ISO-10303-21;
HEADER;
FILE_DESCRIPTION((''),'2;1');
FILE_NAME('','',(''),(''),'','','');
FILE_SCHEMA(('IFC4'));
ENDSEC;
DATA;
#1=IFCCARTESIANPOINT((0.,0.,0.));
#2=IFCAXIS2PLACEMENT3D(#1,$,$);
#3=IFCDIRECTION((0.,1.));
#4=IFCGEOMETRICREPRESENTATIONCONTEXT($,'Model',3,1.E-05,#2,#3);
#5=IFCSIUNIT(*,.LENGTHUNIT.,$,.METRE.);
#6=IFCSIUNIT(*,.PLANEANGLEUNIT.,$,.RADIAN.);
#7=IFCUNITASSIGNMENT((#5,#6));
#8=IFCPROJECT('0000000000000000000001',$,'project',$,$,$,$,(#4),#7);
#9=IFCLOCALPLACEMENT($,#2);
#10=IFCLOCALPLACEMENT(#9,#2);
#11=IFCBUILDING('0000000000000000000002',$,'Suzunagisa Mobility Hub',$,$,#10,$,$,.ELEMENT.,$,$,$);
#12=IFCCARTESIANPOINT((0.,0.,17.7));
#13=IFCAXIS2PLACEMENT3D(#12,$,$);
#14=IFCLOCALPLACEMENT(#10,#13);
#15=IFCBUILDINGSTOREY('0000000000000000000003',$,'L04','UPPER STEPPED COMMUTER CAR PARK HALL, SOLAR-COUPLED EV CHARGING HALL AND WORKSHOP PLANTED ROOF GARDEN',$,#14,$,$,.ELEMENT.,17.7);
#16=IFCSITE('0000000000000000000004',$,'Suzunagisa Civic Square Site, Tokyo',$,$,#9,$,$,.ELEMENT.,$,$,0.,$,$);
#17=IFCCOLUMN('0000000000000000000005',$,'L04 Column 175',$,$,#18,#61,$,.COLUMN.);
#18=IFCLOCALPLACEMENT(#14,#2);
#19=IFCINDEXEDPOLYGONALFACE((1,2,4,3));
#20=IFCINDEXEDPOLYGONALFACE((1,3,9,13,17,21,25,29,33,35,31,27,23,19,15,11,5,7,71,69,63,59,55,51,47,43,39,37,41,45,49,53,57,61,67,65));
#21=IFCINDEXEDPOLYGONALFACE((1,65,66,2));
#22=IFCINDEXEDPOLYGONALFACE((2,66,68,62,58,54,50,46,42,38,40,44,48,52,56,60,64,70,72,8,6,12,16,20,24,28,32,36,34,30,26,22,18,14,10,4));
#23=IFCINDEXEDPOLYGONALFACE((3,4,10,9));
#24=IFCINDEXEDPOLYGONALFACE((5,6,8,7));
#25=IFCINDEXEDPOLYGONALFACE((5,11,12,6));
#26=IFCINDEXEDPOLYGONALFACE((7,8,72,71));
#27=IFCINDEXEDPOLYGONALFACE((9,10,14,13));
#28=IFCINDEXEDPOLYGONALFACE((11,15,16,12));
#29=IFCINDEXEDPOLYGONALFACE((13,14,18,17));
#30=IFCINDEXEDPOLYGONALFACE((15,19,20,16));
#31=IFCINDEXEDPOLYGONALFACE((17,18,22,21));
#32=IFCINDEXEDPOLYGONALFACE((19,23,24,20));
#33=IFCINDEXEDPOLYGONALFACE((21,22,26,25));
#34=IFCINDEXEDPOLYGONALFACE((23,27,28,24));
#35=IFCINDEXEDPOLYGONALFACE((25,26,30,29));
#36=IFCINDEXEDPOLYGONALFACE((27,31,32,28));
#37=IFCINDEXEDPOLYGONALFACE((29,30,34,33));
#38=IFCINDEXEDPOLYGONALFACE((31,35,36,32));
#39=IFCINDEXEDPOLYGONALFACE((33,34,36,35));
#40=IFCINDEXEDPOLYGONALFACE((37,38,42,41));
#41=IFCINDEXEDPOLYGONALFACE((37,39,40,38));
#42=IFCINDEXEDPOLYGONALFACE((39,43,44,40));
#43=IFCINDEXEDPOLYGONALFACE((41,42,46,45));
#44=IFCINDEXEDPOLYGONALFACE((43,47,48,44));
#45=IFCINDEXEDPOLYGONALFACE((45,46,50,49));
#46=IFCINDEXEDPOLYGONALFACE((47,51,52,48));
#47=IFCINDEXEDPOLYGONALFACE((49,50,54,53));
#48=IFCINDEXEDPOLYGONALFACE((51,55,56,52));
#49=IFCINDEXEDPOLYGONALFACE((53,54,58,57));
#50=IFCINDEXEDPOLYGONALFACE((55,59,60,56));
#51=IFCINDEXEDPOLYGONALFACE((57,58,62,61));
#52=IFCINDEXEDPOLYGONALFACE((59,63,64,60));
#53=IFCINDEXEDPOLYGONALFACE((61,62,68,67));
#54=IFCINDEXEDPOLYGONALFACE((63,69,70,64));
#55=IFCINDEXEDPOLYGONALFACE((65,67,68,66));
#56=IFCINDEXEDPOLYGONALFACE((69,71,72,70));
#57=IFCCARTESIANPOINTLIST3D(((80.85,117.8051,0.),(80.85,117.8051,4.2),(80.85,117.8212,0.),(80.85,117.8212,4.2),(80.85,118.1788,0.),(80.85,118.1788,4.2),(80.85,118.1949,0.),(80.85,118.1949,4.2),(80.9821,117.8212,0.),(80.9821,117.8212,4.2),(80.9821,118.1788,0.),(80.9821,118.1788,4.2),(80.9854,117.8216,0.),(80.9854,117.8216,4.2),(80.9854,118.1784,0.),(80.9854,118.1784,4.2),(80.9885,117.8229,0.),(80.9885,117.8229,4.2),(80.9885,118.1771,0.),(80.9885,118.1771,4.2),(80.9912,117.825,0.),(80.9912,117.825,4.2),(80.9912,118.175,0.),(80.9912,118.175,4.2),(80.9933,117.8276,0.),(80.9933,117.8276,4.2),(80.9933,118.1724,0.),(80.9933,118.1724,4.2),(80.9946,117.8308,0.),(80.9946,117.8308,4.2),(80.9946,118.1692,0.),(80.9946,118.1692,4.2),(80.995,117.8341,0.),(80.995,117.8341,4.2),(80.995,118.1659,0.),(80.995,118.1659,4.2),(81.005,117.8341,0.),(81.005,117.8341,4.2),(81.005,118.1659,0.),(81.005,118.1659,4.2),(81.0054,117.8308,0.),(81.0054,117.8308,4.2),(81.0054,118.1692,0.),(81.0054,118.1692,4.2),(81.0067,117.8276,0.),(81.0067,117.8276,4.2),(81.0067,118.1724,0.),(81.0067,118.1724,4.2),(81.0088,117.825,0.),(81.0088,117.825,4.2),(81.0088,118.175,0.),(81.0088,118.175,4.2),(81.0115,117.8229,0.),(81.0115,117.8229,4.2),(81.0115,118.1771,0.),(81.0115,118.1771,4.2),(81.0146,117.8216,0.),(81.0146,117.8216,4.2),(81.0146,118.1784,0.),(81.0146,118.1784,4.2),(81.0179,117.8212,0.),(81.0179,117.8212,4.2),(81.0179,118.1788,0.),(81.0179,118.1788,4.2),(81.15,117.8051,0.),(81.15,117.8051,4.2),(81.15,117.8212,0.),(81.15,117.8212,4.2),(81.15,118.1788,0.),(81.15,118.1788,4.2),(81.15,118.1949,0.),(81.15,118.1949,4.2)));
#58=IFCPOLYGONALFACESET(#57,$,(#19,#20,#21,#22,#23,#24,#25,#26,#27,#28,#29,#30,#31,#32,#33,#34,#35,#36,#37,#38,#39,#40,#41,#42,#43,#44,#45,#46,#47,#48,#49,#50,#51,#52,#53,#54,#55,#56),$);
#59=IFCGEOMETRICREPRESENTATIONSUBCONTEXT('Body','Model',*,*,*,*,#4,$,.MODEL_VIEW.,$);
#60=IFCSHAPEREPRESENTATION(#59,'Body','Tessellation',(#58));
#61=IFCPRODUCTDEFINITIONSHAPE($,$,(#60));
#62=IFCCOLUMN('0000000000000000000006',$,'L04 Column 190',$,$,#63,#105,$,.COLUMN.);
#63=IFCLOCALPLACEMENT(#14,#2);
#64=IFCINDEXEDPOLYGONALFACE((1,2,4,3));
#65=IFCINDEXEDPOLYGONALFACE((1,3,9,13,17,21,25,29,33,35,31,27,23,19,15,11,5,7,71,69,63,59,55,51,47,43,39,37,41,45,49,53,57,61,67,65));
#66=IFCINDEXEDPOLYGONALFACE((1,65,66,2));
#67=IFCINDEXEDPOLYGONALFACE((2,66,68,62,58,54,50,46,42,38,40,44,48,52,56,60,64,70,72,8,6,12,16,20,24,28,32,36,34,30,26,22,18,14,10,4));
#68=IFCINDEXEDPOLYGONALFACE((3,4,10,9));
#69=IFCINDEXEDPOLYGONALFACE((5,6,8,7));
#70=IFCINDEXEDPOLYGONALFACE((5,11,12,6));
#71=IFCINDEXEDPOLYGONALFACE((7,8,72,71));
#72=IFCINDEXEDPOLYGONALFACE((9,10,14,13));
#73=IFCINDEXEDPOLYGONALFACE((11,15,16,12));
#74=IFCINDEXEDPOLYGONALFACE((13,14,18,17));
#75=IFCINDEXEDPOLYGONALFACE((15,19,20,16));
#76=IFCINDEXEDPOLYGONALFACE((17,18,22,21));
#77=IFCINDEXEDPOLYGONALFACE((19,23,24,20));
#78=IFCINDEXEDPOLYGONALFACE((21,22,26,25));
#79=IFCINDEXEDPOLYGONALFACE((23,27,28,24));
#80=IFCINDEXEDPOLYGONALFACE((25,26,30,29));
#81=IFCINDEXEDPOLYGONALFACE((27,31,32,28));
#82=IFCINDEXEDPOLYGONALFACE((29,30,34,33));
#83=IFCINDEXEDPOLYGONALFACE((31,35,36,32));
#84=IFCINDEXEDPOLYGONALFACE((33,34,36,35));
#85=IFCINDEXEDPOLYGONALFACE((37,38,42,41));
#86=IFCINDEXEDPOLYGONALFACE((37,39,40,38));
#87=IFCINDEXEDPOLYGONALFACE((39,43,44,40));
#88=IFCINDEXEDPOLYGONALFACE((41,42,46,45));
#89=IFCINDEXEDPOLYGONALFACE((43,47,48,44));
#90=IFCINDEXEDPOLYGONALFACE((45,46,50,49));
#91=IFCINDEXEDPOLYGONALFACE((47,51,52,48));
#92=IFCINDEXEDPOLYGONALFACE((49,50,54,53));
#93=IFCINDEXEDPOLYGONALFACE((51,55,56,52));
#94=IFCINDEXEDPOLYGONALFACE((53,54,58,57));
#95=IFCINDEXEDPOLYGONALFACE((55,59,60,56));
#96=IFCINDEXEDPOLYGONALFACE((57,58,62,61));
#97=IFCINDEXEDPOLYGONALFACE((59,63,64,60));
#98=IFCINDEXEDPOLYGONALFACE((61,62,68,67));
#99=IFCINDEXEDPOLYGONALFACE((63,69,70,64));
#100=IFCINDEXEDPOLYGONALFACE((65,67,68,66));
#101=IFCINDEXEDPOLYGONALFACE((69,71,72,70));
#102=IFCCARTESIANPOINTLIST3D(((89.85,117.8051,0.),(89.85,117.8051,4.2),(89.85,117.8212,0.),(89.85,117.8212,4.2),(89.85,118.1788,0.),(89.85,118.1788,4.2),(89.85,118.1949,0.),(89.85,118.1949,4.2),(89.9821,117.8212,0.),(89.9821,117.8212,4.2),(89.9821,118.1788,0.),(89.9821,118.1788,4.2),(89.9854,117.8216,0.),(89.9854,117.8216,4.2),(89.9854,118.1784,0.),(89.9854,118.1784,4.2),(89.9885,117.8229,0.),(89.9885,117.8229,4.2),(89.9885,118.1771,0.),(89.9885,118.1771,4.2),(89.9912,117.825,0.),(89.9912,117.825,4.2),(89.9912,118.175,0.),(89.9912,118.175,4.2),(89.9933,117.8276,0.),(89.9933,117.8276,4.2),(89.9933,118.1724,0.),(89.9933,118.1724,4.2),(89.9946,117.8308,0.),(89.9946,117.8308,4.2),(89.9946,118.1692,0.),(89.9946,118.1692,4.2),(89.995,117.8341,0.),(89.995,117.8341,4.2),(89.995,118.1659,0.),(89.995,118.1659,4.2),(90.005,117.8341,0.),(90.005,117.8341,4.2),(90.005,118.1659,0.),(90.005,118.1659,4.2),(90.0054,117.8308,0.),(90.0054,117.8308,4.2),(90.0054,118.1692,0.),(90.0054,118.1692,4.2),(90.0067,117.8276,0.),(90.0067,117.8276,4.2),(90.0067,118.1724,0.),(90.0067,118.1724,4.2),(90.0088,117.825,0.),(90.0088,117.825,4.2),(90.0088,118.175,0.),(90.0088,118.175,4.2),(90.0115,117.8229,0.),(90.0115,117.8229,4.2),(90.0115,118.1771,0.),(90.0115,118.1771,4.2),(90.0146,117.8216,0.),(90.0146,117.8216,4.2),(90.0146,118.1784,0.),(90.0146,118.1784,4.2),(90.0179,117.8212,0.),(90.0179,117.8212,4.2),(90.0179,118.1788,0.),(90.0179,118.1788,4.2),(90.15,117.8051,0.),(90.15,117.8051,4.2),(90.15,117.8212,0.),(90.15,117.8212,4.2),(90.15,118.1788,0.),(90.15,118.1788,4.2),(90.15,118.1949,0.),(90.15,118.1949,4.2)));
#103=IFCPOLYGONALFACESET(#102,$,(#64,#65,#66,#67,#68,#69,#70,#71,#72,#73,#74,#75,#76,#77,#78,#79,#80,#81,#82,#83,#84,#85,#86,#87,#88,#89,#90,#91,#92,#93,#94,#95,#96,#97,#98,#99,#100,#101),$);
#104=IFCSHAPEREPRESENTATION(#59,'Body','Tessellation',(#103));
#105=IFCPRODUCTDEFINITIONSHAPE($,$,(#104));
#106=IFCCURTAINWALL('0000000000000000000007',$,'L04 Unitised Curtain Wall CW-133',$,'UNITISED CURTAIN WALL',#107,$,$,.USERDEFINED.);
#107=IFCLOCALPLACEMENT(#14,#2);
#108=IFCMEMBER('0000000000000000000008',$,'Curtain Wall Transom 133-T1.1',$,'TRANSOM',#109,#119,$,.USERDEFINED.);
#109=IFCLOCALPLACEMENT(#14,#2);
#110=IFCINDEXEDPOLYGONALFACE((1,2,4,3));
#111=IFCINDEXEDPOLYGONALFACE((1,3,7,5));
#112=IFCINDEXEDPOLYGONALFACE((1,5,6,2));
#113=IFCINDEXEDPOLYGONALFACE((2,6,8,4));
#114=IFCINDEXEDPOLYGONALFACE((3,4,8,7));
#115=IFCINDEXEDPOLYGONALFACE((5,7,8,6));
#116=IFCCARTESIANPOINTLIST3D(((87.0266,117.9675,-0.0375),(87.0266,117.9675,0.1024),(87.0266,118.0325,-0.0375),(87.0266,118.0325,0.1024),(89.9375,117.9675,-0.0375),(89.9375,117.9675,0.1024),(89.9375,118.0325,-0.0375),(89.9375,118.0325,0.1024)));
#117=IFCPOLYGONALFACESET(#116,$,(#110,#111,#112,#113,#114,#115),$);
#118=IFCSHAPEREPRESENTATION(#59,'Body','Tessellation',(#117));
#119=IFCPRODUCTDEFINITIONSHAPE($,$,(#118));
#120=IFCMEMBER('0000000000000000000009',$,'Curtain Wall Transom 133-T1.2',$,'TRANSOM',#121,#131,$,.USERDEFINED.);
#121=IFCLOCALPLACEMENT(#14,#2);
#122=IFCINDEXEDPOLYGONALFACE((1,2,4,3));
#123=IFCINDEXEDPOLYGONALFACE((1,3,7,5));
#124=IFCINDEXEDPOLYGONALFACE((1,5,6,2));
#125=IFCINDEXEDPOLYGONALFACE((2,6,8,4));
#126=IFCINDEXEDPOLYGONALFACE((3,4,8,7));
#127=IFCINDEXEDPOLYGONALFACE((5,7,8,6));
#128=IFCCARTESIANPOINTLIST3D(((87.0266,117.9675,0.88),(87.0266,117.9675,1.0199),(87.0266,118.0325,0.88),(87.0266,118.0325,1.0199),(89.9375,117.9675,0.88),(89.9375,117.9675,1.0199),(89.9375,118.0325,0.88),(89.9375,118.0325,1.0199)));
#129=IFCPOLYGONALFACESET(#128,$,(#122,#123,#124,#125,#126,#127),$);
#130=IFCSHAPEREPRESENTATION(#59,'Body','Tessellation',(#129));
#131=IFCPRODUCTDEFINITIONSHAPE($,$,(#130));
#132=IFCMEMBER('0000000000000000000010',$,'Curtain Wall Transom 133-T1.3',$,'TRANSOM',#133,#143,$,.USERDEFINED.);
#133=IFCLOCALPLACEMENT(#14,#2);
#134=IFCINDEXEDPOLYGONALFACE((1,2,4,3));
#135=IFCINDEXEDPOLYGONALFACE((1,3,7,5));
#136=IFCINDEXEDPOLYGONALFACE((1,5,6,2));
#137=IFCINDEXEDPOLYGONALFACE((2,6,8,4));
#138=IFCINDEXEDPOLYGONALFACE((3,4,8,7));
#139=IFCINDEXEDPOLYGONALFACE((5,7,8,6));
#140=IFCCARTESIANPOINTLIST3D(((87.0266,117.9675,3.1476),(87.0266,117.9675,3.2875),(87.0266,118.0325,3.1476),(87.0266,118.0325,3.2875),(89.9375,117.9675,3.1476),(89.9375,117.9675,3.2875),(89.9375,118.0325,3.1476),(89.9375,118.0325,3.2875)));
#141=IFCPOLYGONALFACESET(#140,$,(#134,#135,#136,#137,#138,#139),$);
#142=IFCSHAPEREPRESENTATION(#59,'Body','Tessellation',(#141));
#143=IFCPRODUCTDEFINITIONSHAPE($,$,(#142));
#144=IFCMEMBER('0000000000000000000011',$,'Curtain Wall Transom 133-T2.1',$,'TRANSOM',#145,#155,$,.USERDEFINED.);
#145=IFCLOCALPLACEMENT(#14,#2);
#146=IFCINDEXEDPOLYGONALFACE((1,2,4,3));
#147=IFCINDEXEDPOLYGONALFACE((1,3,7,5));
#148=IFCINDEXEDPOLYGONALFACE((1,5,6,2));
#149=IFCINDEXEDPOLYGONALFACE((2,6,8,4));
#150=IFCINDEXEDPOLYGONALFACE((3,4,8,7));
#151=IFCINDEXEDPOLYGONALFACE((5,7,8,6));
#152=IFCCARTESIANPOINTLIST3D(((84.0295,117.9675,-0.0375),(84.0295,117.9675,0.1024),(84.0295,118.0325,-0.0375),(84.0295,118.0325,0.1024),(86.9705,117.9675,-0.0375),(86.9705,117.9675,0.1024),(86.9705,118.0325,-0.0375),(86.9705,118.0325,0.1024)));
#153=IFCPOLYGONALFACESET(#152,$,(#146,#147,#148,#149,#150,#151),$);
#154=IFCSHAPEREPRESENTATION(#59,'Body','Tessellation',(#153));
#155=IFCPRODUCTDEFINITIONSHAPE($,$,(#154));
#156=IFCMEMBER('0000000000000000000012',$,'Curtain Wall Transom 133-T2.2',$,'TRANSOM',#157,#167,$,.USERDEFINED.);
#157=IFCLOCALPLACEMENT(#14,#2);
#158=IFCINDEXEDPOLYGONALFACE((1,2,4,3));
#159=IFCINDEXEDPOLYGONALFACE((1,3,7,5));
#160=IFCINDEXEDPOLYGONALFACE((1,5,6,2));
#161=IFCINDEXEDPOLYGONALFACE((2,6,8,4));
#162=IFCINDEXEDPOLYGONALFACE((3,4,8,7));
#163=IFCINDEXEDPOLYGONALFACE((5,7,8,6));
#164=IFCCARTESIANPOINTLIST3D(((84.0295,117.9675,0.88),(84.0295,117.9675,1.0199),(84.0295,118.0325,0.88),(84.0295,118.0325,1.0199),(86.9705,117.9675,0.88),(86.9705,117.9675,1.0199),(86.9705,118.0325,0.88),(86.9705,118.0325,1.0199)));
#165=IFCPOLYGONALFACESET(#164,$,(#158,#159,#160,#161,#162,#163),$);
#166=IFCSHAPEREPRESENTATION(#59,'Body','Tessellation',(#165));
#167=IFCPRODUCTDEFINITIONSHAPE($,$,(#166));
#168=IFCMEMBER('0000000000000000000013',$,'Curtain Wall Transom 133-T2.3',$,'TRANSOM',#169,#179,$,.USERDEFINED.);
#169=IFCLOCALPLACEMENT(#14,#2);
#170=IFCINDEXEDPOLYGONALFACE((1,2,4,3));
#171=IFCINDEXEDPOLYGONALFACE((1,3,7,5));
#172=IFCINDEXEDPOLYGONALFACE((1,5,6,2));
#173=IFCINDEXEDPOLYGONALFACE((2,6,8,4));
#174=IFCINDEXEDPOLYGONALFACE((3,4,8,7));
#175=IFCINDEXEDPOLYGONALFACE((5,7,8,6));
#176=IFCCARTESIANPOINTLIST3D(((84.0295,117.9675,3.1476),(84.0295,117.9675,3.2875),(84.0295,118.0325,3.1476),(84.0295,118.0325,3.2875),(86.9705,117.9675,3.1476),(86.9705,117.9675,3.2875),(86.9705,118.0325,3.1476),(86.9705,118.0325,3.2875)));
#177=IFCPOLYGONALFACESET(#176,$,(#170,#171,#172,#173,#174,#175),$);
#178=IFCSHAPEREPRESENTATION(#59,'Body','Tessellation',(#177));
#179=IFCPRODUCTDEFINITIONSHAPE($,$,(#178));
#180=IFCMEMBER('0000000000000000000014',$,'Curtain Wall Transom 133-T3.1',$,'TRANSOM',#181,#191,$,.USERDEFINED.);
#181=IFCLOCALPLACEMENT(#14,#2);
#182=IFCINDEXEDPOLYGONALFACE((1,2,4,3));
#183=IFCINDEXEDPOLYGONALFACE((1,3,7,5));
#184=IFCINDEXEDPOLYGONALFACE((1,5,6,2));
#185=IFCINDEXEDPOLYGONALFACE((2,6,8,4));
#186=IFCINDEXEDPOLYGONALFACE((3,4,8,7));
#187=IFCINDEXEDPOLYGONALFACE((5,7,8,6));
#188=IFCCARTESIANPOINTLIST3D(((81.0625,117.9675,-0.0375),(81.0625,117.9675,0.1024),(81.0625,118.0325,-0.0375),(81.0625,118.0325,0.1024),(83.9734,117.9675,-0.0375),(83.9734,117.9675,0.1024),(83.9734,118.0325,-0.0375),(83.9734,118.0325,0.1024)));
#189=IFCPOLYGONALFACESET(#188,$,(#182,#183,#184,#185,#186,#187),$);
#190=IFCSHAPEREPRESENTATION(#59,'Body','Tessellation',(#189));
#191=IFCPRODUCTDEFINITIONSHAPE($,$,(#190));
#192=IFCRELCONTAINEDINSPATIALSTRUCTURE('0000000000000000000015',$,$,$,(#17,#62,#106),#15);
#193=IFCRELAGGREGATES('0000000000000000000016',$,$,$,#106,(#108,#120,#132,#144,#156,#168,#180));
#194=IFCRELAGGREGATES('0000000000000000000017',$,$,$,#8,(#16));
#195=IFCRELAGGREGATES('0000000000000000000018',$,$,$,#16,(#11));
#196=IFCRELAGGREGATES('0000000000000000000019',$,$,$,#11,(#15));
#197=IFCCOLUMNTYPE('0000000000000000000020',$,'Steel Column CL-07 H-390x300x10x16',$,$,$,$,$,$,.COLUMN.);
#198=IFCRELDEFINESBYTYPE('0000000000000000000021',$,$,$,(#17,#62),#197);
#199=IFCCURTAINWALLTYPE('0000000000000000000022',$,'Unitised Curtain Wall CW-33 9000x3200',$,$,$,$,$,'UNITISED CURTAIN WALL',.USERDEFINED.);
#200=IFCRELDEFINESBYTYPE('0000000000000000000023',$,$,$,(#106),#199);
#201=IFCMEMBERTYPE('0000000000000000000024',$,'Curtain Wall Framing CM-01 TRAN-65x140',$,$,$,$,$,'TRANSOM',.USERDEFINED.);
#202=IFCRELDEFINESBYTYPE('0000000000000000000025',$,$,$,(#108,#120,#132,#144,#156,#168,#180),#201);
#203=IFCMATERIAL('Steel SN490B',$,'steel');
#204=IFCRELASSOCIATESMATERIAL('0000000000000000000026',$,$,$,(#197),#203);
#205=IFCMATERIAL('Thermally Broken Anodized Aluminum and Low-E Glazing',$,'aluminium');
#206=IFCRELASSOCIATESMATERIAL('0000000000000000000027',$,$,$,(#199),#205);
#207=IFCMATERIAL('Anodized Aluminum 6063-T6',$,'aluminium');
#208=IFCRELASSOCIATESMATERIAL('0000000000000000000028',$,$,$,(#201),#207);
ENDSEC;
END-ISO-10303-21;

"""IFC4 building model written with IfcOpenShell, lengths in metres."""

from ifc_helpers import new_model, si_unit, direction, frame, origin, origin_2d, place, context, subcontext, project, spatial, rectangle, i_section, extrude, material, material_profile, profile_set, type_object, element, aggregate, save


model = new_model("IFC4")

# Units and contexts
model_context = context("Model", 3, precision=1e-05, world=origin(), true_north=direction((0.0, 1.0)))
body_context = subcontext(model_context, "Body", "Model", "MODEL_VIEW")
ifc_project = project(units=[si_unit("LENGTHUNIT", "METRE"), si_unit("PLANEANGLEUNIT", "RADIAN")], contexts=[model_context])

# Site, building, storey
site_placement = place(None, origin())
site = spatial("IfcSite", under=ifc_project, at=site_placement, Name="Suzunagisa Civic Square Site, Tokyo", CompositionType="ELEMENT", RefElevation=0.0)
building_placement = place(site_placement, origin())
building = spatial("IfcBuilding", under=site, at=building_placement, Name="Suzunagisa Mobility Hub", CompositionType="ELEMENT")
storey_placement = place(building_placement, frame((0.0, 0.0, 17.7)))
storey = spatial("IfcBuildingStorey", under=building, at=storey_placement, Name="L04", Description="UPPER STEPPED COMMUTER CAR PARK HALL, SOLAR-COUPLED EV CHARGING HALL AND WORKSHOP PLANTED ROOF GARDEN", CompositionType="ELEMENT", Elevation=17.7)

# Columns
ifc_material_1 = material(Name="Steel SN490B", Category="steel")
ifc_material_profile_1 = material_profile(ifc_material_1, i_section(OverallWidth=0.3, OverallDepth=0.3899, WebThickness=0.01, FlangeThickness=0.0161, FilletRadius=0.0129, at=origin_2d()), Name="H-390x300x10x16")
ifc_profile_set_1 = profile_set([ifc_material_profile_1], Name="Steel SN490B")
column_type = type_object("IfcColumnType", Name="Steel Column CL-07 H-390x300x10x16", PredefinedType="COLUMN", material=ifc_profile_set_1)
for number, where, z_axis, x_axis, name in (
    (1, (81.0, 118.0, 0.0), (0.0, 0.0, 1.0), (1.0, 0.0, 0.0), "L04 Column 175"),
    (2, (90.0, 118.0, 0.0), (0.0, 0.0, 1.0), (1.0, 0.0, 0.0), "L04 Column 190"),
):
    element("IfcColumn", number, at=place(storey_placement, frame(where, z_axis=z_axis, x_axis=x_axis)), inside=storey, type_object=column_type, Name=name, PredefinedType="COLUMN", context=body_context, shape_type="SweptSolid", body=[
        extrude(i_section(OverallWidth=0.3, OverallDepth=0.3899, WebThickness=0.01, FlangeThickness=0.0161, FilletRadius=0.0129, at=origin_2d()), origin(), (0.0, 0.0, 1.0), 4.2),
    ])

# Curtain wall, members
ifc_material_2 = material(Name="Thermally Broken Anodized Aluminum and Low-E Glazing", Category="aluminium")
curtain_wall_type = type_object("IfcCurtainWallType", Name="Unitised Curtain Wall CW-33 9000x3200", ElementType="UNITISED CURTAIN WALL", PredefinedType="USERDEFINED", material=ifc_material_2)
curtain_wall_placement = place(storey_placement, origin())
curtain_wall = element("IfcCurtainWall", 3, at=curtain_wall_placement, inside=storey, type_object=curtain_wall_type, Name="L04 Unitised Curtain Wall CW-133", ObjectType="UNITISED CURTAIN WALL", PredefinedType="USERDEFINED")
ifc_material_3 = material(Name="Anodized Aluminum 6063-T6", Category="aluminium")
ifc_material_profile_2 = material_profile(ifc_material_3, rectangle(XDim=0.0649, YDim=0.1399, at=origin_2d()), Name="TRAN-65x140")
ifc_profile_set_2 = profile_set([ifc_material_profile_2], Name="Anodized Aluminum 6063-T6")
member_type_1 = type_object("IfcMemberType", Name="Curtain Wall Framing CM-01 TRAN-65x140", ElementType="TRANSOM", PredefinedType="USERDEFINED", material=ifc_profile_set_2)
member_1_placement = place(storey_placement, frame((89.9375, 118.0, 0.0325), z_axis=(-1.0, 0.0, 0.0), x_axis=(0.0, -1.0, 0.0)))
member_1 = element("IfcMember", 4, at=member_1_placement, type_object=member_type_1, Name="Curtain Wall Transom 133-T1.1", ObjectType="TRANSOM", PredefinedType="USERDEFINED", context=body_context, shape_type="SweptSolid", body=[
    extrude(rectangle(XDim=0.0649, YDim=0.1399, at=origin_2d()), origin(), (0.0, 0.0, 1.0), 2.9109),
])
member_2_placement = place(storey_placement, frame((89.9375, 118.0, 0.95), z_axis=(-1.0, 0.0, 0.0), x_axis=(0.0, -1.0, 0.0)))
member_2 = element("IfcMember", 5, at=member_2_placement, type_object=member_type_1, Name="Curtain Wall Transom 133-T1.2", ObjectType="TRANSOM", PredefinedType="USERDEFINED", context=body_context, shape_type="SweptSolid", body=[
    extrude(rectangle(XDim=0.0649, YDim=0.1399, at=origin_2d()), origin(), (0.0, 0.0, 1.0), 2.9109),
])
member_3_placement = place(storey_placement, frame((89.9375, 118.0, 3.2175), z_axis=(-1.0, 0.0, 0.0), x_axis=(0.0, -1.0, 0.0)))
member_3 = element("IfcMember", 6, at=member_3_placement, type_object=member_type_1, Name="Curtain Wall Transom 133-T1.3", ObjectType="TRANSOM", PredefinedType="USERDEFINED", context=body_context, shape_type="SweptSolid", body=[
    extrude(rectangle(XDim=0.0649, YDim=0.1399, at=origin_2d()), origin(), (0.0, 0.0, 1.0), 2.9109),
])
member_4_placement = place(storey_placement, frame((86.9705, 118.0, 0.0325), z_axis=(-1.0, 0.0, 0.0), x_axis=(0.0, -1.0, 0.0)))
member_4 = element("IfcMember", 7, at=member_4_placement, type_object=member_type_1, Name="Curtain Wall Transom 133-T2.1", ObjectType="TRANSOM", PredefinedType="USERDEFINED", context=body_context, shape_type="SweptSolid", body=[
    extrude(rectangle(XDim=0.0649, YDim=0.1399, at=origin_2d()), origin(), (0.0, 0.0, 1.0), 2.9409),
])
member_5_placement = place(storey_placement, frame((86.9705, 118.0, 0.95), z_axis=(-1.0, 0.0, 0.0), x_axis=(0.0, -1.0, 0.0)))
member_5 = element("IfcMember", 8, at=member_5_placement, type_object=member_type_1, Name="Curtain Wall Transom 133-T2.2", ObjectType="TRANSOM", PredefinedType="USERDEFINED", context=body_context, shape_type="SweptSolid", body=[
    extrude(rectangle(XDim=0.0649, YDim=0.1399, at=origin_2d()), origin(), (0.0, 0.0, 1.0), 2.9409),
])
member_6_placement = place(storey_placement, frame((86.9705, 118.0, 3.2175), z_axis=(-1.0, 0.0, 0.0), x_axis=(0.0, -1.0, 0.0)))
member_6 = element("IfcMember", 9, at=member_6_placement, type_object=member_type_1, Name="Curtain Wall Transom 133-T2.3", ObjectType="TRANSOM", PredefinedType="USERDEFINED", context=body_context, shape_type="SweptSolid", body=[
    extrude(rectangle(XDim=0.0649, YDim=0.1399, at=origin_2d()), origin(), (0.0, 0.0, 1.0), 2.9409),
])
member_7_placement = place(storey_placement, frame((83.9734, 118.0, 0.0325), z_axis=(-1.0, 0.0, 0.0), x_axis=(0.0, -1.0, 0.0)))
member_7 = element("IfcMember", 10, at=member_7_placement, type_object=member_type_1, Name="Curtain Wall Transom 133-T3.1", ObjectType="TRANSOM", PredefinedType="USERDEFINED", context=body_context, shape_type="SweptSolid", body=[
    extrude(rectangle(XDim=0.0649, YDim=0.1399, at=origin_2d()), origin(), (0.0, 0.0, 1.0), 2.9109),
])

aggregate(curtain_wall, [member_1, member_2, member_3, member_4, member_5, member_6, member_7])

save(model, "model.ifc")
